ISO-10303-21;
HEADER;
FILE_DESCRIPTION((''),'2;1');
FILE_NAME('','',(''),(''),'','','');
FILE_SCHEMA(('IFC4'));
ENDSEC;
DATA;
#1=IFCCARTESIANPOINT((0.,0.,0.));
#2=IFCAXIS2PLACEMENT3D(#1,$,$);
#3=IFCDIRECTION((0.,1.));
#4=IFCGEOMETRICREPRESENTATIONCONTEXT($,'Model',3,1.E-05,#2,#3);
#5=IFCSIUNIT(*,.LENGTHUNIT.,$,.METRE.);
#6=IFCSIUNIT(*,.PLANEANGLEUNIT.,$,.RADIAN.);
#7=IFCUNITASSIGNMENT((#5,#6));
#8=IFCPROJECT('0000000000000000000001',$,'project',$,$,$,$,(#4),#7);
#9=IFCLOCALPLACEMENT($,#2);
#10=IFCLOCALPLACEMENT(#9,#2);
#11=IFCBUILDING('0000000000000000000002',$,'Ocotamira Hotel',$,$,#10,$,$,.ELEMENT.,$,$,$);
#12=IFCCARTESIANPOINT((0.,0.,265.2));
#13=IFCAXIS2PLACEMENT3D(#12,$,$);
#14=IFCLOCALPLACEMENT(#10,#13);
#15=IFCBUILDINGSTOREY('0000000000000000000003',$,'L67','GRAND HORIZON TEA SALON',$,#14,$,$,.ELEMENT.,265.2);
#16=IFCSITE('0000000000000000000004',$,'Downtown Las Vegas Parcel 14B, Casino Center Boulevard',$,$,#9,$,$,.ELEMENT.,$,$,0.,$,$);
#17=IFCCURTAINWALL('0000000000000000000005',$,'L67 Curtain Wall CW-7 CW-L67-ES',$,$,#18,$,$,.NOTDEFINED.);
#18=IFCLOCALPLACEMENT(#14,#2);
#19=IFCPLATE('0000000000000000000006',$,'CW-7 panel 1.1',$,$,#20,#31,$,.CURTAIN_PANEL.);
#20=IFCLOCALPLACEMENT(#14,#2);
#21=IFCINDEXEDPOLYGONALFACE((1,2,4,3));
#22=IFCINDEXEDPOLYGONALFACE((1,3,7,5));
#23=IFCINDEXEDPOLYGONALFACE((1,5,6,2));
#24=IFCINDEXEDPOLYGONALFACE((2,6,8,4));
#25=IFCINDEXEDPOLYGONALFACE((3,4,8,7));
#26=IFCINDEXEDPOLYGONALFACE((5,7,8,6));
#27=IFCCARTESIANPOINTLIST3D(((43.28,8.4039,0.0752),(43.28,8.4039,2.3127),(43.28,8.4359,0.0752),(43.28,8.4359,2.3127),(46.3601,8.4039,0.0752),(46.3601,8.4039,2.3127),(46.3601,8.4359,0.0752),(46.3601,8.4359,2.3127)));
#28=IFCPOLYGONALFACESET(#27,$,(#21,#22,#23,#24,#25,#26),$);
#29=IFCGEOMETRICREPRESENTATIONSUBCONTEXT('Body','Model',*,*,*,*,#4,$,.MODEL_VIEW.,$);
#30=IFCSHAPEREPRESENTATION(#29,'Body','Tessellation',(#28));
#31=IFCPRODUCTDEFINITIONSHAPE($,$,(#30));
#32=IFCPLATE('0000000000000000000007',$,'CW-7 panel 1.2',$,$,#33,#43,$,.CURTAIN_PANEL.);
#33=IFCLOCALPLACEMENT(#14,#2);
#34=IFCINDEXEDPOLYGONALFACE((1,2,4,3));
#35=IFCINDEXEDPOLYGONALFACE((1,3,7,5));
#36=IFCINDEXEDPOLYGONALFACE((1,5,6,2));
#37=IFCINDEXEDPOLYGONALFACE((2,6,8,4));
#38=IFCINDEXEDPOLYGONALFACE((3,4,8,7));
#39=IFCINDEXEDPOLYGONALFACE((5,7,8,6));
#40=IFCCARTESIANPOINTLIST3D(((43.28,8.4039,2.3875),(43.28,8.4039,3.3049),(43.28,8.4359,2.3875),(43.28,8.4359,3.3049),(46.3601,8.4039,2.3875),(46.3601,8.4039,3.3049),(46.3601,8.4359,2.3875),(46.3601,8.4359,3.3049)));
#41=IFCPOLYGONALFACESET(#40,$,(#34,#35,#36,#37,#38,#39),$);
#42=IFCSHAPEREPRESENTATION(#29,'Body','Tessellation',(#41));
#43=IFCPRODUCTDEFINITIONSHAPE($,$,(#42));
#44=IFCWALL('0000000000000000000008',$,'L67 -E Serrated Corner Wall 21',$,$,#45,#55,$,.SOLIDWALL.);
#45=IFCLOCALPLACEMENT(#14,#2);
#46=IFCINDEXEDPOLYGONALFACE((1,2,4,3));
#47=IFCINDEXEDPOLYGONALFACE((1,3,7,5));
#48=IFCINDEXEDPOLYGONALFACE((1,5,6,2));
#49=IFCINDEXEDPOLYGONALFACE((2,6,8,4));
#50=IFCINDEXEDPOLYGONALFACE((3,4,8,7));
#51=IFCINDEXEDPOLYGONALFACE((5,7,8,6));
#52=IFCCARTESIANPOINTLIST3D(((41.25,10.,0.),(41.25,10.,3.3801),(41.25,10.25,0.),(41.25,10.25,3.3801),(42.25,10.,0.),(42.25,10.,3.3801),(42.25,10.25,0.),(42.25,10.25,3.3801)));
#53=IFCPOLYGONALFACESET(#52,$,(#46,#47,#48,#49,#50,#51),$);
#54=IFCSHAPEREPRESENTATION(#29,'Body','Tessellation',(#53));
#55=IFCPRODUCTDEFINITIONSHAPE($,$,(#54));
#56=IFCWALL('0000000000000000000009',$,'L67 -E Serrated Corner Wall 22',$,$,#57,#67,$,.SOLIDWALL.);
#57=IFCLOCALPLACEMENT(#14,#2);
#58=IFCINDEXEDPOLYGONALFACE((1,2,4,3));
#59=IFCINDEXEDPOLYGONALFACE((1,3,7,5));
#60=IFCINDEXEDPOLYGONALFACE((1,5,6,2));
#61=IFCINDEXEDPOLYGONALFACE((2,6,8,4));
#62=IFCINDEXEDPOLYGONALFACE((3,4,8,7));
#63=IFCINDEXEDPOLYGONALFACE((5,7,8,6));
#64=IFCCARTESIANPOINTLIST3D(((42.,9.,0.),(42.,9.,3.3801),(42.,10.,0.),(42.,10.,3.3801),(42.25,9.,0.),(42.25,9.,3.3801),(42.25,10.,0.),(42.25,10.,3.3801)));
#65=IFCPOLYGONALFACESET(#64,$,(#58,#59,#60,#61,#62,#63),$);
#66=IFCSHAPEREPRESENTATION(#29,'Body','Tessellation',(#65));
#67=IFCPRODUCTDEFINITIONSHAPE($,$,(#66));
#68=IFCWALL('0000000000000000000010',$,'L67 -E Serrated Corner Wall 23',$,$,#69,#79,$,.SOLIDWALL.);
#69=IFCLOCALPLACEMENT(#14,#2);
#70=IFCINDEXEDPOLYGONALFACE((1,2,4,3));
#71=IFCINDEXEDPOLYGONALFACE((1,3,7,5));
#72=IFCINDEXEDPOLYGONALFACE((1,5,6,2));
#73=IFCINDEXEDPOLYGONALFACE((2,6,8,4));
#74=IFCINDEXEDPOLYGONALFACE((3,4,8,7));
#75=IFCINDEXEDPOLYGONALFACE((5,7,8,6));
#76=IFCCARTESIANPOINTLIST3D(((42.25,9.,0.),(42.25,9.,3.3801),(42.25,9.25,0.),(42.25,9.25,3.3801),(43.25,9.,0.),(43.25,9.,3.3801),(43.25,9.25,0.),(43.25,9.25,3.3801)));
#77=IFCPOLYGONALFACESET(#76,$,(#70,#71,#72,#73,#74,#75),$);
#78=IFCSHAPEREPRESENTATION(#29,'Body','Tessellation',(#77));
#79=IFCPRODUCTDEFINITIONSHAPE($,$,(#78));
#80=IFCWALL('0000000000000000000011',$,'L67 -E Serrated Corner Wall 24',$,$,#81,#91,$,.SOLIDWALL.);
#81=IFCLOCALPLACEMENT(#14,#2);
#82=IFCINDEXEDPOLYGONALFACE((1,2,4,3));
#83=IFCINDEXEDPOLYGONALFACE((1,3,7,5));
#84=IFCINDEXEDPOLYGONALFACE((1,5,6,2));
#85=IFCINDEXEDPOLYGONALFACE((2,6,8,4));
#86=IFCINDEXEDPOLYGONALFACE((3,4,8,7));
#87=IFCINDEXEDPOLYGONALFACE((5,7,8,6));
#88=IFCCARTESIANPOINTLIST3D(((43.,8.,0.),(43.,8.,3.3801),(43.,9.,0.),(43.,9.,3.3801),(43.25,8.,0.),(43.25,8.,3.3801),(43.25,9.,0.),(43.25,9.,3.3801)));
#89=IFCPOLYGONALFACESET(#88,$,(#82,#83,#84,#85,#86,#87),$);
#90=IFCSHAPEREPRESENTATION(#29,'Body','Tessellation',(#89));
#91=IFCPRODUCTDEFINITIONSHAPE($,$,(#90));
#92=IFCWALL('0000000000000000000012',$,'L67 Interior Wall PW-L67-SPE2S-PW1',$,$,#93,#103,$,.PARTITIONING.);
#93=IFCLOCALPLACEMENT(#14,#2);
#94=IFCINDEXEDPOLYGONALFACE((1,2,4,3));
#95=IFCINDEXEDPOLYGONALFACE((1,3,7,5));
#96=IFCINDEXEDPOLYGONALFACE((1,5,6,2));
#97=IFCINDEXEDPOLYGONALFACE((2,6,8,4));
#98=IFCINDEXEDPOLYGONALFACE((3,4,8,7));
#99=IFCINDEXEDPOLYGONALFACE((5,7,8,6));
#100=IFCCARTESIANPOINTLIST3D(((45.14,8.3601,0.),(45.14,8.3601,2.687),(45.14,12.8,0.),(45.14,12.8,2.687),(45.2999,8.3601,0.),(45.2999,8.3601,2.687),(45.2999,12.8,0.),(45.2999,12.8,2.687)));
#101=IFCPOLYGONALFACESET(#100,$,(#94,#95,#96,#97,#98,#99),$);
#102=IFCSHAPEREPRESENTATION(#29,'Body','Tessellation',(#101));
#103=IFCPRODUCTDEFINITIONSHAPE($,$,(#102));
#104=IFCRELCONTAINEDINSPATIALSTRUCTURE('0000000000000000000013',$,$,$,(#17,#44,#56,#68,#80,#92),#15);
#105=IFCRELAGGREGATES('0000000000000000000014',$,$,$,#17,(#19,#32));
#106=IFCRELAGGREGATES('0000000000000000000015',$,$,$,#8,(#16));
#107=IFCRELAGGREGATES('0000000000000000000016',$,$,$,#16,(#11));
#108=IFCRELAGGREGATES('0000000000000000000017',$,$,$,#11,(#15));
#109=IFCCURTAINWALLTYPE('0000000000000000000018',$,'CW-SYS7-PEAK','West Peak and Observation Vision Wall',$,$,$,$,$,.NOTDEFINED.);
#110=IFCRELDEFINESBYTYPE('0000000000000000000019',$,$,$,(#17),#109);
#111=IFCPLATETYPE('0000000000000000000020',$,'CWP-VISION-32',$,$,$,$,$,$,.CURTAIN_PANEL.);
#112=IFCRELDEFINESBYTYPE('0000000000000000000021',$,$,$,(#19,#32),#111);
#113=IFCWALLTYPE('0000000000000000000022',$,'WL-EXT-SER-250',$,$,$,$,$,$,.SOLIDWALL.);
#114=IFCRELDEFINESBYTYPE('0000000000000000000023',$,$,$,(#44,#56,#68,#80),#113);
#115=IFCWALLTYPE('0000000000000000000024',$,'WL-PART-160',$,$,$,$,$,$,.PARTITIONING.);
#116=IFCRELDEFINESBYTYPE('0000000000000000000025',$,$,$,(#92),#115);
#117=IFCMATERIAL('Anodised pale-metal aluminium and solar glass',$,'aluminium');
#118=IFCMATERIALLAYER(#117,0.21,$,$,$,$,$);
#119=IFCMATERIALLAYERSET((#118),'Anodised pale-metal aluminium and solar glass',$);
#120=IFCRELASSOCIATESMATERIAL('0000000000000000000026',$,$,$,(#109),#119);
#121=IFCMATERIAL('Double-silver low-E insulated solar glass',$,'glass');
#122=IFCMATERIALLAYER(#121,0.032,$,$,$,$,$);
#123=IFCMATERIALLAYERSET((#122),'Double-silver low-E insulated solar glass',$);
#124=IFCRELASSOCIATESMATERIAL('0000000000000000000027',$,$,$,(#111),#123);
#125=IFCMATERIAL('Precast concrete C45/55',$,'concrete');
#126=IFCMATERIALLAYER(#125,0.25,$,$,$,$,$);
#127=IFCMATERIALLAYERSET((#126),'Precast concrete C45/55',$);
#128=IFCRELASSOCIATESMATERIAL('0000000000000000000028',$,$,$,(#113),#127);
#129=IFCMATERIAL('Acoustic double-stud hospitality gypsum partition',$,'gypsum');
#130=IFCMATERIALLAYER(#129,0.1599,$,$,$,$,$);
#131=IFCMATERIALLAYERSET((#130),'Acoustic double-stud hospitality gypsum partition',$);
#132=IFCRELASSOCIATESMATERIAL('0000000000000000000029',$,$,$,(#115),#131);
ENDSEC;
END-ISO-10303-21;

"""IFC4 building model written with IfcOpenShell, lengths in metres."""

from ifc_helpers import new_model, si_unit, direction, frame, frame_2d, origin, origin_2d, place, context, subcontext, project, spatial, rectangle, extrude, source, transform, mapped, material, layer, layer_set, type_object, element, aggregate, save


model = new_model("IFC4")

# Units and contexts
model_context = context("Model", 3, precision=1e-05, world=origin(), true_north=direction((0.0, 1.0)))
body_context = subcontext(model_context, "Body", "Model", "MODEL_VIEW")
ifc_project = project(units=[si_unit("LENGTHUNIT", "METRE"), si_unit("PLANEANGLEUNIT", "RADIAN")], contexts=[model_context])

# Site, building, storey
site_placement = place(None, origin())
site = spatial("IfcSite", under=ifc_project, at=site_placement, Name="Downtown Las Vegas Parcel 14B, Casino Center Boulevard", CompositionType="ELEMENT", RefElevation=0.0)
building_placement = place(site_placement, origin())
building = spatial("IfcBuilding", under=site, at=building_placement, Name="Ocotamira Hotel", CompositionType="ELEMENT")
storey_placement = place(building_placement, frame((0.0, 0.0, 265.2)))
storey = spatial("IfcBuildingStorey", under=building, at=storey_placement, Name="L67", Description="GRAND HORIZON TEA SALON", CompositionType="ELEMENT", Elevation=265.2)

# Curtain wall, plates
ifc_material_1 = material(Name="Anodised pale-metal aluminium and solar glass", Category="aluminium")
ifc_layer_1 = layer(ifc_material_1, 0.21)
ifc_layer_set_1 = layer_set([ifc_layer_1], Name="Anodised pale-metal aluminium and solar glass")
curtain_wall_type = type_object("IfcCurtainWallType", Name="CW-SYS7-PEAK", Description="West Peak and Observation Vision Wall", PredefinedType="NOTDEFINED", material=ifc_layer_set_1)
curtain_wall_placement = place(storey_placement, origin())
curtain_wall = element("IfcCurtainWall", 1, at=curtain_wall_placement, inside=storey, type_object=curtain_wall_type, Name="L67 Curtain Wall CW-7 CW-L67-ES", PredefinedType="NOTDEFINED")
ifc_material_2 = material(Name="Double-silver low-E insulated solar glass", Category="glass")
ifc_layer_2 = layer(ifc_material_2, 0.032)
ifc_layer_set_2 = layer_set([ifc_layer_2], Name="Double-silver low-E insulated solar glass")
plate_type = type_object("IfcPlateType", Name="CWP-VISION-32", PredefinedType="CURTAIN_PANEL", material=ifc_layer_set_2)
shared_shape_1 = source(origin(), body_context, "Body", "SweptSolid", [
    extrude(rectangle(XDim=3.0801, YDim=0.032, at=origin_2d()), origin(), (0.0, 0.0, 1.0), 2.2375),
])
plate_1_placement = place(storey_placement, frame((44.8201, 8.4199, 0.0752), z_axis=(0.0, 0.0, 1.0), x_axis=(1.0, 0.0, 0.0)))
plate_1 = element("IfcPlate", 2, at=plate_1_placement, type_object=plate_type, Name="CW-7 panel 1.1", PredefinedType="CURTAIN_PANEL", context=body_context, shape_type="MappedRepresentation", body=[
    mapped(shared_shape_1, transform((0.0, 0.0, 0.0), scale=1.0)),
])
shared_shape_2 = source(origin(), body_context, "Body", "SweptSolid", [
    extrude(rectangle(XDim=3.0801, YDim=0.032, at=origin_2d()), origin(), (0.0, 0.0, 1.0), 0.9175),
])
plate_2_placement = place(storey_placement, frame((44.8201, 8.4199, 2.3875), z_axis=(0.0, 0.0, 1.0), x_axis=(1.0, 0.0, 0.0)))
plate_2 = element("IfcPlate", 3, at=plate_2_placement, type_object=plate_type, Name="CW-7 panel 1.2", PredefinedType="CURTAIN_PANEL", context=body_context, shape_type="MappedRepresentation", body=[
    mapped(shared_shape_2, transform((0.0, 0.0, 0.0), scale=1.0)),
])
aggregate(curtain_wall, [plate_1, plate_2])

# Walls
ifc_material_3 = material(Name="Precast concrete C45/55", Category="concrete")
ifc_layer_3 = layer(ifc_material_3, 0.25)
ifc_layer_set_3 = layer_set([ifc_layer_3], Name="Precast concrete C45/55")
wall_type_1 = type_object("IfcWallType", Name="WL-EXT-SER-250", PredefinedType="SOLIDWALL", material=ifc_layer_set_3)
for number, where, z_axis, x_axis, name in (
    (4, (41.25, 10.125, 0.0), (0.0, 0.0, 1.0), (1.0, 0.0, 0.0), "L67 -E Serrated Corner Wall 21"),
    (5, (42.125, 10.0, 0.0), (0.0, 0.0, 1.0), (0.0, -1.0, 0.0), "L67 -E Serrated Corner Wall 22"),
    (6, (42.25, 9.125, 0.0), (0.0, 0.0, 1.0), (1.0, 0.0, 0.0), "L67 -E Serrated Corner Wall 23"),
    (7, (43.125, 9.0, 0.0), (0.0, 0.0, 1.0), (0.0, -1.0, 0.0), "L67 -E Serrated Corner Wall 24"),
):
    element("IfcWall", number, at=place(storey_placement, frame(where, z_axis=z_axis, x_axis=x_axis)), inside=storey, type_object=wall_type_1, Name=name, PredefinedType="SOLIDWALL", context=body_context, shape_type="SweptSolid", body=[
        extrude(rectangle(XDim=1.0, YDim=0.25, at=frame_2d((0.5, 0.0))), origin(), (0.0, 0.0, 1.0), 3.3801),
    ])
ifc_material_4 = material(Name="Acoustic double-stud hospitality gypsum partition", Category="gypsum")
ifc_layer_4 = layer(ifc_material_4, 0.1599)
ifc_layer_set_4 = layer_set([ifc_layer_4], Name="Acoustic double-stud hospitality gypsum partition")
wall_type_2 = type_object("IfcWallType", Name="WL-PART-160", PredefinedType="PARTITIONING", material=ifc_layer_set_4)
wall_placement = place(storey_placement, frame((45.22, 8.3601, 0.0), z_axis=(0.0, 0.0, 1.0), x_axis=(0.0, 1.0, 0.0)))
element("IfcWall", 8, at=wall_placement, inside=storey, type_object=wall_type_2, Name="L67 Interior Wall PW-L67-SPE2S-PW1", PredefinedType="PARTITIONING", context=body_context, shape_type="SweptSolid", body=[
    extrude(rectangle(XDim=4.4399, YDim=0.1599, at=frame_2d((2.22, 0.0))), origin(), (0.0, 0.0, 1.0), 2.687),
])

save(model, "model.ifc")
